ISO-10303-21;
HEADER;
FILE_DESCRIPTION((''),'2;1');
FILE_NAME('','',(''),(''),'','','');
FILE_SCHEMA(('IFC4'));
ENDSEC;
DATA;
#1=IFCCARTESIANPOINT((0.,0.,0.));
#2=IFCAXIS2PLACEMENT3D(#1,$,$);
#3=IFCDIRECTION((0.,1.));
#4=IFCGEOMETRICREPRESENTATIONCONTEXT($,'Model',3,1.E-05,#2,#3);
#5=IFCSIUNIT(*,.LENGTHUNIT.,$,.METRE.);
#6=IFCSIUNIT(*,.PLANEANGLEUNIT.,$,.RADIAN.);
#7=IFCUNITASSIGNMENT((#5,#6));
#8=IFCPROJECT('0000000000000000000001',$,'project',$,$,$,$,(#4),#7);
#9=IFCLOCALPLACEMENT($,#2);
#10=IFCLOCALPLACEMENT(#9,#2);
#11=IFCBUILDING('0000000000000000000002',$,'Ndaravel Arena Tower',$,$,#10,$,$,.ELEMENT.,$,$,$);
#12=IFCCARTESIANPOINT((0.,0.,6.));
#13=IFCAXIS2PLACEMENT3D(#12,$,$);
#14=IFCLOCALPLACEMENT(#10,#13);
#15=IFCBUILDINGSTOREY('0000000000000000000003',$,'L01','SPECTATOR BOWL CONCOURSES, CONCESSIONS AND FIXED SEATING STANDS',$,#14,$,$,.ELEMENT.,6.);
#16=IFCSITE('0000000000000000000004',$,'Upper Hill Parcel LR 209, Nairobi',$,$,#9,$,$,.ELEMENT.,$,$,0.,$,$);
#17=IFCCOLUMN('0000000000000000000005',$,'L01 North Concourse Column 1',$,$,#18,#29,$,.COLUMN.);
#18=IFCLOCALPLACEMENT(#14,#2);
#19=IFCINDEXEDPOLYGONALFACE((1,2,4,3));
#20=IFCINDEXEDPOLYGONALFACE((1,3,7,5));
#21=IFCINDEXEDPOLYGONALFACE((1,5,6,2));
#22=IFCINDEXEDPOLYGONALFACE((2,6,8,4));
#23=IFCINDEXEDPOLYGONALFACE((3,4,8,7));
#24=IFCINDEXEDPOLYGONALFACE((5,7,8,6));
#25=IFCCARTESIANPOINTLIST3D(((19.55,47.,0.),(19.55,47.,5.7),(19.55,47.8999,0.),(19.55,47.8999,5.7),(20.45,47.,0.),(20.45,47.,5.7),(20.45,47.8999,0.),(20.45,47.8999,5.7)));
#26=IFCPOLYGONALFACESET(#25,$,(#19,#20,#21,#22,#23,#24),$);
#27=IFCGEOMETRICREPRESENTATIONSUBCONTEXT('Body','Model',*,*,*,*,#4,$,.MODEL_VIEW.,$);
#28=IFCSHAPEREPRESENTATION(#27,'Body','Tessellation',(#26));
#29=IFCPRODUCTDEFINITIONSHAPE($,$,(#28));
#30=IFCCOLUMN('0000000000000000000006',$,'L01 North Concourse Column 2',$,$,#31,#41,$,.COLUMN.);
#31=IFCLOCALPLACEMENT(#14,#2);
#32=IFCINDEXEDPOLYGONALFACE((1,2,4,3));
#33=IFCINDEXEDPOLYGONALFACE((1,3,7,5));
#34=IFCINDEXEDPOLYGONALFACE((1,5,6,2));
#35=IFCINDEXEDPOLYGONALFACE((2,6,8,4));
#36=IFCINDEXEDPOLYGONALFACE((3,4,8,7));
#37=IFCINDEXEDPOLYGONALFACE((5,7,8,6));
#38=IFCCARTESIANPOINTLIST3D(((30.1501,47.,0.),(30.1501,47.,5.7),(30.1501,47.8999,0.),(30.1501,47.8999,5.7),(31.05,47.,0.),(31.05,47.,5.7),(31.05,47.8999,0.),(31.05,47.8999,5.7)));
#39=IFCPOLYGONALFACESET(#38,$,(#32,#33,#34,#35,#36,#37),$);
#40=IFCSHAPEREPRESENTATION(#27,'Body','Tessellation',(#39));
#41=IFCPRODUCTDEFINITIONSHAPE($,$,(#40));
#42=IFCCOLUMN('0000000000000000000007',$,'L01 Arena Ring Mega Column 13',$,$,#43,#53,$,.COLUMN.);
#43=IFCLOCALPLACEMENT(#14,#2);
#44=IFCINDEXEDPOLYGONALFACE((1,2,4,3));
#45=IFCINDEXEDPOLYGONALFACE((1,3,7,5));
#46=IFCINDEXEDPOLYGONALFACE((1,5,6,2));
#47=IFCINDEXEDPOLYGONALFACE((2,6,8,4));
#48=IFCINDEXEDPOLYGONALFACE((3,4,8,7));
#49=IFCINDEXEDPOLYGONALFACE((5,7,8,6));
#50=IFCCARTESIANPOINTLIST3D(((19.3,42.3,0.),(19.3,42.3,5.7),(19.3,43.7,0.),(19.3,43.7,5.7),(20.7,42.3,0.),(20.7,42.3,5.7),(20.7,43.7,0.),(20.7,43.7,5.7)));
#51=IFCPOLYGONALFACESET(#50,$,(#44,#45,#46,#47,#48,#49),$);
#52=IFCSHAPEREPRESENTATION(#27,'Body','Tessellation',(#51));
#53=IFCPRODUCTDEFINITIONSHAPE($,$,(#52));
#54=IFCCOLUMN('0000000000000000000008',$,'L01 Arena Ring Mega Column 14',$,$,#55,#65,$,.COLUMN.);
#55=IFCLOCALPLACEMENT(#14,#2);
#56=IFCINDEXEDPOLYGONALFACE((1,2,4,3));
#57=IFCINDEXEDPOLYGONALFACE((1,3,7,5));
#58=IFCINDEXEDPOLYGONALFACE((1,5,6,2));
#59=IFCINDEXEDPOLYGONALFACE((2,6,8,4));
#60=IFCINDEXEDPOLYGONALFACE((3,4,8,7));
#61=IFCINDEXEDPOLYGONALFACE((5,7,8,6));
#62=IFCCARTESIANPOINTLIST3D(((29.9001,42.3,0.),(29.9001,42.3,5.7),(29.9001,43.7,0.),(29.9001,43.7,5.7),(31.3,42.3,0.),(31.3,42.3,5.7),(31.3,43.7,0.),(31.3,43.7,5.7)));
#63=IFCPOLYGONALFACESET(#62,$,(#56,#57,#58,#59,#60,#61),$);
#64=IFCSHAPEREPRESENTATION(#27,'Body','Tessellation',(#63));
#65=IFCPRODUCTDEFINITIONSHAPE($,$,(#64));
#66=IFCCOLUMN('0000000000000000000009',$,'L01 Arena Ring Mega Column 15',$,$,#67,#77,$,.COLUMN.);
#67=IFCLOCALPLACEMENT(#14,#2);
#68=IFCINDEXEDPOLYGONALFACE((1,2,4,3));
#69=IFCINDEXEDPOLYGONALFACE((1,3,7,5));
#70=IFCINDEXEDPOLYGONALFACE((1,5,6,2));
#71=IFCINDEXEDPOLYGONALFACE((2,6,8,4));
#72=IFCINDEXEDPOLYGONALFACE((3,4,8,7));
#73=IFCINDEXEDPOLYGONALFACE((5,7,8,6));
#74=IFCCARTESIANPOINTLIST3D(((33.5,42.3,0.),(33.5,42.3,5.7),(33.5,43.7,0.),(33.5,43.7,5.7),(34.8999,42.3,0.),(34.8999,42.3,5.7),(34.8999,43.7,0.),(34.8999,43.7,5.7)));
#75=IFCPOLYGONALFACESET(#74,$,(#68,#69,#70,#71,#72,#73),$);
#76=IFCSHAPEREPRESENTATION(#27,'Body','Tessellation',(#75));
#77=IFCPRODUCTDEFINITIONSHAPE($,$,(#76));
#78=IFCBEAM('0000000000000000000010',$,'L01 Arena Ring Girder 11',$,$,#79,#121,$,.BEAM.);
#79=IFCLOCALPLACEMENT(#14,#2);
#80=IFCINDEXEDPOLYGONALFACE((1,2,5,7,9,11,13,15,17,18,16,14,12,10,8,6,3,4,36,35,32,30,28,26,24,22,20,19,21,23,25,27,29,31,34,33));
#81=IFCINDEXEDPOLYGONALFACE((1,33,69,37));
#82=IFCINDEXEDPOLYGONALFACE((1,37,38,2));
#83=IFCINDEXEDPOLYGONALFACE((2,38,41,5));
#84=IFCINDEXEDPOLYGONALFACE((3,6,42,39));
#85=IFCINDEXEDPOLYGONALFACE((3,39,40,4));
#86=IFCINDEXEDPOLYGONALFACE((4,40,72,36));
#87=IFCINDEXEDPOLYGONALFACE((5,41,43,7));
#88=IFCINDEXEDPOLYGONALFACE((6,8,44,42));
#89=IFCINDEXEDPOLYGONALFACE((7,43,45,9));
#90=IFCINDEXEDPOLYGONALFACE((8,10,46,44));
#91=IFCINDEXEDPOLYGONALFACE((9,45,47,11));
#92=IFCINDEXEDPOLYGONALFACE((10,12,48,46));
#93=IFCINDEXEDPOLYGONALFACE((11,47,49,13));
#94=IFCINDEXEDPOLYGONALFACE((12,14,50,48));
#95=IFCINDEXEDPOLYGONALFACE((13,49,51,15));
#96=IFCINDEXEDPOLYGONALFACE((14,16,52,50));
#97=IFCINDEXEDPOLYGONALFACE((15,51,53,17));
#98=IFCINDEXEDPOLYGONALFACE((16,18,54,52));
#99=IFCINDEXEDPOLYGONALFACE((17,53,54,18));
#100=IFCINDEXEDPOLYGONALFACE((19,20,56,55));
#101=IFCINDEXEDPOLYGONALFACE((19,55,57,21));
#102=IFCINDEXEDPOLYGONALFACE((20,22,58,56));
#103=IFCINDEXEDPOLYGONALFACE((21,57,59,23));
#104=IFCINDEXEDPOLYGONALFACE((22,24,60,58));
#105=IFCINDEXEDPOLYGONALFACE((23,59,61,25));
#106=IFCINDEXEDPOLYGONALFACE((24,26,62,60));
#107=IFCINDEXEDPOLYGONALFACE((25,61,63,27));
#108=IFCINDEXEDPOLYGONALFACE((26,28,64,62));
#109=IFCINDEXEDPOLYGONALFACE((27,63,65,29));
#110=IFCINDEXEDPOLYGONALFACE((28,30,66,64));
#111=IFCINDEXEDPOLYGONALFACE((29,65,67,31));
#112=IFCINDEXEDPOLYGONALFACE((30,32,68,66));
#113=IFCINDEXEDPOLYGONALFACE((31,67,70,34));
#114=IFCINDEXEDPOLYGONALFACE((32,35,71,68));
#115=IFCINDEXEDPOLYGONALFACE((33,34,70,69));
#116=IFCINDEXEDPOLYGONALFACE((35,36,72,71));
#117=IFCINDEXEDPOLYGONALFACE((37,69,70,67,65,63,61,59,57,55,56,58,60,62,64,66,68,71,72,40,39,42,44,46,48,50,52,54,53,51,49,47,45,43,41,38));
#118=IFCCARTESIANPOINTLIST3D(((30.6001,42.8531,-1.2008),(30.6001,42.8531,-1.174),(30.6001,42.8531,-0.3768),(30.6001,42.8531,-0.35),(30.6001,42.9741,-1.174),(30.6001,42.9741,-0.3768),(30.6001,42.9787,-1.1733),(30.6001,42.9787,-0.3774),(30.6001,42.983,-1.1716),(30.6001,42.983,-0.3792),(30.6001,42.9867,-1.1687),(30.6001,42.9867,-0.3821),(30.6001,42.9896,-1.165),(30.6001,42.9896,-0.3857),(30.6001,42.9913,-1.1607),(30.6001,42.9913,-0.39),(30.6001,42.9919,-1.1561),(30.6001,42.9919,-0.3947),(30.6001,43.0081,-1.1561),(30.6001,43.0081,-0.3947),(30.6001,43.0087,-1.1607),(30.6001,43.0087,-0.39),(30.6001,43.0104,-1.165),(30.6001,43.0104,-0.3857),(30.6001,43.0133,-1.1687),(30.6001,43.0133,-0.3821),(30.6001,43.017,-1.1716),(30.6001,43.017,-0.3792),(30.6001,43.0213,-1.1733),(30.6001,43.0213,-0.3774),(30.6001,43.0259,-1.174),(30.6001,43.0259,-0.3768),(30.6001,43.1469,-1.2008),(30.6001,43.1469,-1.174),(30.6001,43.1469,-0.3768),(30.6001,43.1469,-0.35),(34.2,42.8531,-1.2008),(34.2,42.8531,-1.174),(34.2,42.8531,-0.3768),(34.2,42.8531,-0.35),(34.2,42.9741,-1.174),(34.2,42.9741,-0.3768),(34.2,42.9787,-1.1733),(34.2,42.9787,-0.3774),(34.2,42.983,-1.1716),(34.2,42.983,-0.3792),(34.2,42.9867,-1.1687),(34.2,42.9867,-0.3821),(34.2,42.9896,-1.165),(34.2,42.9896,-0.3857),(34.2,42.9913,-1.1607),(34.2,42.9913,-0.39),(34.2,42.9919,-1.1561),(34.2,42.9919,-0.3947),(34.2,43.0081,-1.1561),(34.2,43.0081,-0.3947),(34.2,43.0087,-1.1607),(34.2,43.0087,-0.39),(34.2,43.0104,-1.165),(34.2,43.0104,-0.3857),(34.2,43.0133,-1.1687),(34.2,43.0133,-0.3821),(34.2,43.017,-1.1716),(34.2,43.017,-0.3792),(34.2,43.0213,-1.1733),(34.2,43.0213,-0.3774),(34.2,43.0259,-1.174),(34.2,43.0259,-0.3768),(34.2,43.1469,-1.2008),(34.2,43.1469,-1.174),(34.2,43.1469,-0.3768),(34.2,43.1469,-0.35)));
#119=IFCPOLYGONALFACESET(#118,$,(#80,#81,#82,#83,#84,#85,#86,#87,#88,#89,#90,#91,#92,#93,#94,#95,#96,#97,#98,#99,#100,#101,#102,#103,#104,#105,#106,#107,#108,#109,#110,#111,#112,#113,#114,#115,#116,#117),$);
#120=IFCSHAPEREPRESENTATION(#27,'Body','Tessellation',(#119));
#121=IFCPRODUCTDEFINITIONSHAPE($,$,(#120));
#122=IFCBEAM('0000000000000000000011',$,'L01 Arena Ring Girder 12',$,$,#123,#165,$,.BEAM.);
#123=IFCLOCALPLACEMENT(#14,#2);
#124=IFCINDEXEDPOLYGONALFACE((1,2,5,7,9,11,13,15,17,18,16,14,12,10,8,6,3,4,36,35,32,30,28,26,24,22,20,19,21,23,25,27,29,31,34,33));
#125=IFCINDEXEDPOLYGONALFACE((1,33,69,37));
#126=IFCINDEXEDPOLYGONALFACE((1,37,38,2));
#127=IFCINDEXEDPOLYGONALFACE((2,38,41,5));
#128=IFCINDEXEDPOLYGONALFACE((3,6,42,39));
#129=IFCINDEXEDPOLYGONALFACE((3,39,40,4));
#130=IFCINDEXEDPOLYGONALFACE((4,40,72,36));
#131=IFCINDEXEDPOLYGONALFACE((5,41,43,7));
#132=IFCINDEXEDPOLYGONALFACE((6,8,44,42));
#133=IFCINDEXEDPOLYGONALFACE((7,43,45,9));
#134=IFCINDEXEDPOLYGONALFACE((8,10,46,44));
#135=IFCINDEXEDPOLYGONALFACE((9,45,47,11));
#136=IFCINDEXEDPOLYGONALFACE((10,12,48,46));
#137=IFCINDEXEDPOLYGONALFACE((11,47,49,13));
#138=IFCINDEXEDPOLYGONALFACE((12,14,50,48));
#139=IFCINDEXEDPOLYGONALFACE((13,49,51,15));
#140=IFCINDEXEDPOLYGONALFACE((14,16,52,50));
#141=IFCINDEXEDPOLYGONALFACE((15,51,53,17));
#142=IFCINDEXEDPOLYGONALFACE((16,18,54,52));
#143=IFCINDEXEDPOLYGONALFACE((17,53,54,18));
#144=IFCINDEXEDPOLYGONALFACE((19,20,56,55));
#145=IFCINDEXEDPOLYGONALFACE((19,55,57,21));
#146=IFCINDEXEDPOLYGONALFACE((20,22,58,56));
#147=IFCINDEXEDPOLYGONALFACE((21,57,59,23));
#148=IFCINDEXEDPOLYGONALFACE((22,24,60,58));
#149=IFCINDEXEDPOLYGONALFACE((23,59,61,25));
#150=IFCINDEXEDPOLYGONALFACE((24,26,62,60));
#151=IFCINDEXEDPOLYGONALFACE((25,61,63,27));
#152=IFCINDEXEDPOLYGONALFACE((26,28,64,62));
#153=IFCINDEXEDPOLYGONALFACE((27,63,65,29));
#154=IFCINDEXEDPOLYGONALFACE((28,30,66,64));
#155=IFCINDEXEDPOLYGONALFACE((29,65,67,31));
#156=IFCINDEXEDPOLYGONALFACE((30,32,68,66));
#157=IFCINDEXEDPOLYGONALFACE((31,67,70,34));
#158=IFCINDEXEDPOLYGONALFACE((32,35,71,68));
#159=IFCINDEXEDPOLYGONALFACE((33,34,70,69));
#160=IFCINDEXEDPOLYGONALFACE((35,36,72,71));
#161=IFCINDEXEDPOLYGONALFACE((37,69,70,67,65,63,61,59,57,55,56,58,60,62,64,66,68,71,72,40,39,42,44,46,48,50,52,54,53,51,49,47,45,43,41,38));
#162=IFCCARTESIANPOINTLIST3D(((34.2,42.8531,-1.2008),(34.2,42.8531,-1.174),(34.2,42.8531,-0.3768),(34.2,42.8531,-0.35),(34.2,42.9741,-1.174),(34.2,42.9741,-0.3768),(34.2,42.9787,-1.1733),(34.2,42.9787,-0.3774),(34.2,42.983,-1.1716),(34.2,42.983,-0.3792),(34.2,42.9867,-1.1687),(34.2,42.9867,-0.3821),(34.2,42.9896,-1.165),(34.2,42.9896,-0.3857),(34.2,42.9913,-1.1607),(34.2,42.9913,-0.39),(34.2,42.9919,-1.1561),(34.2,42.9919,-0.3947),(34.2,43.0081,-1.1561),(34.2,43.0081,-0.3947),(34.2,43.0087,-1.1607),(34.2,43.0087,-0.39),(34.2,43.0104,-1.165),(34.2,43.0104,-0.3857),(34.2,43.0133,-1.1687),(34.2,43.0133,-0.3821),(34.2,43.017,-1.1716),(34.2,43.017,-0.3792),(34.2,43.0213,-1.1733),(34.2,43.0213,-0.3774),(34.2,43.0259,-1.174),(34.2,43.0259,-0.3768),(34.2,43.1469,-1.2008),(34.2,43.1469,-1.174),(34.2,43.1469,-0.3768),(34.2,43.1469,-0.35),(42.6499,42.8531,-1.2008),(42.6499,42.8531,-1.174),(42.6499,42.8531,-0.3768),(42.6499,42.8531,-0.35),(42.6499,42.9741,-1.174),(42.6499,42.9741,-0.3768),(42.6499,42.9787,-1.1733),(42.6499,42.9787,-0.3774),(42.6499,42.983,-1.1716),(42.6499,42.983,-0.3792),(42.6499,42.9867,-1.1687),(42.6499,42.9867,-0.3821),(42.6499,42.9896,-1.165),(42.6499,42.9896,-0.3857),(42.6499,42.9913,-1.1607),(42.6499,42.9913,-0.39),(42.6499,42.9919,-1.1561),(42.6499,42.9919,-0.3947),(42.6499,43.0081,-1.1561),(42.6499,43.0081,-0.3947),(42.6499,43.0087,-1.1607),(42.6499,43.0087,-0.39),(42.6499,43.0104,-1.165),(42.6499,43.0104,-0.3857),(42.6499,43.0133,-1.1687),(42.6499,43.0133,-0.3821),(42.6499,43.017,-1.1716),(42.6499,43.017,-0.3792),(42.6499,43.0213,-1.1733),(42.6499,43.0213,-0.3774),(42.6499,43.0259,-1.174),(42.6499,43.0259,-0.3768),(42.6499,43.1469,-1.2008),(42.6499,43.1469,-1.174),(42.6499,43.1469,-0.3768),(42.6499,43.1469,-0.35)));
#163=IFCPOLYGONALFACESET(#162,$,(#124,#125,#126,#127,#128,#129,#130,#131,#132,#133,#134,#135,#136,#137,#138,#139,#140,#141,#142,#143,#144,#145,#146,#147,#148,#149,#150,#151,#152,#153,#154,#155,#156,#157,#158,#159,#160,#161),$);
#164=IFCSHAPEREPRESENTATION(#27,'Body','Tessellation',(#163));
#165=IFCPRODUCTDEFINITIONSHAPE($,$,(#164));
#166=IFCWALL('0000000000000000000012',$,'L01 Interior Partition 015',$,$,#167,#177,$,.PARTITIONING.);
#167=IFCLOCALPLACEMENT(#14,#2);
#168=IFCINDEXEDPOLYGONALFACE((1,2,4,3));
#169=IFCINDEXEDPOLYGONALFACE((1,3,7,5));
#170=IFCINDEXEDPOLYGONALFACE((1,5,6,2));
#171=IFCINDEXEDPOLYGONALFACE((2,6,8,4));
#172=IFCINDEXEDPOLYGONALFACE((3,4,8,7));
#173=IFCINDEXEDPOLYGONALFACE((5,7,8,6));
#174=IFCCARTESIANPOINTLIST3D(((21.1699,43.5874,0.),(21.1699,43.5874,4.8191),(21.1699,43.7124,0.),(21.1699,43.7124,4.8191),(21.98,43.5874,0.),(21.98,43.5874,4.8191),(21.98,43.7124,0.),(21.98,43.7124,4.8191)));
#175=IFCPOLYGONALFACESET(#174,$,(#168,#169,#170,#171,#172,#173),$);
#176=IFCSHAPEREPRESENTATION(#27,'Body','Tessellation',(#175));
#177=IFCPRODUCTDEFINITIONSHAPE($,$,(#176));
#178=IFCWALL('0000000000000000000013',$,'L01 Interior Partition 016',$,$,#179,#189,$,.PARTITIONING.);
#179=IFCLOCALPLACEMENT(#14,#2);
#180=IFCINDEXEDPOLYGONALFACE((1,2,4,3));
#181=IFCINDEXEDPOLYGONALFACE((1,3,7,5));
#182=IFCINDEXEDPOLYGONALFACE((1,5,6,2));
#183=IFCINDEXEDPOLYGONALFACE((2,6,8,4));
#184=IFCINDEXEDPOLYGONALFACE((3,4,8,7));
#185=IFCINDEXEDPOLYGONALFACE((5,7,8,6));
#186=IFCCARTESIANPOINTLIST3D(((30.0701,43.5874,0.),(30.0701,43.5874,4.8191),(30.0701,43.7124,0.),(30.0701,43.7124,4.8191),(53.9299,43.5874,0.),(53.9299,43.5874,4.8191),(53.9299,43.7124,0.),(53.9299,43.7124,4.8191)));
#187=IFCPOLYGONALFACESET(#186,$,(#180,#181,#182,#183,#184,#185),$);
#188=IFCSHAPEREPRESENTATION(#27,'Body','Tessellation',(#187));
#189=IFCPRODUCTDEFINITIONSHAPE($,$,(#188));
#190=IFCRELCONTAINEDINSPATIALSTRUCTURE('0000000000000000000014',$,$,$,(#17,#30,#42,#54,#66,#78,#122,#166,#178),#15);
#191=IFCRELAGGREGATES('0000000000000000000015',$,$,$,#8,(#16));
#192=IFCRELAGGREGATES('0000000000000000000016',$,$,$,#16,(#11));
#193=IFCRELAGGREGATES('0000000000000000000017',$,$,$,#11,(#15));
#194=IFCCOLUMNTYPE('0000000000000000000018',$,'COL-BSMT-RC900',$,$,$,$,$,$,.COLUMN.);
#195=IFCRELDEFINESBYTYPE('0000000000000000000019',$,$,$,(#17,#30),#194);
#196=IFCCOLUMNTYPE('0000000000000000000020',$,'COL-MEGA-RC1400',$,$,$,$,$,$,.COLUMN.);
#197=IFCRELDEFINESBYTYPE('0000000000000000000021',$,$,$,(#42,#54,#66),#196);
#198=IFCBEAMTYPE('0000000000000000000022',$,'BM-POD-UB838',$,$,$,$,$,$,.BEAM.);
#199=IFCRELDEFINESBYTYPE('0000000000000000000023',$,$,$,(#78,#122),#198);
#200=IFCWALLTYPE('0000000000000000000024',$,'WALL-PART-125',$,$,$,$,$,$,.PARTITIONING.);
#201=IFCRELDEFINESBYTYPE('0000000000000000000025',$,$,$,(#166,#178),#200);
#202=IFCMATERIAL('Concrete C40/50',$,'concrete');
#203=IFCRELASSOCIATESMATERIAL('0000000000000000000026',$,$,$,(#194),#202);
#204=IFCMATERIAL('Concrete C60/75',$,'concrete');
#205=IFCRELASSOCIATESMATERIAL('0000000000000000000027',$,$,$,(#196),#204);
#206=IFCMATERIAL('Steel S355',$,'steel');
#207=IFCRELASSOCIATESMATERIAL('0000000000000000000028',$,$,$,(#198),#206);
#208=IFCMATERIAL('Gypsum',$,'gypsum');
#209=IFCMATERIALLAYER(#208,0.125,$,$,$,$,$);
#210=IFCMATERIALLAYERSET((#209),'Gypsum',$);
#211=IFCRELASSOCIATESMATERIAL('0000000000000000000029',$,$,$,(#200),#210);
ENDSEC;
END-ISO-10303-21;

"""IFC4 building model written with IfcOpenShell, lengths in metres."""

from ifc_helpers import new_model, si_unit, direction, frame, frame_2d, origin, origin_2d, place, context, subcontext, project, spatial, rectangle, i_section, extrude, material, layer, layer_set, material_profile, profile_set, type_object, element, save


model = new_model("IFC4")

# Units and contexts
model_context = context("Model", 3, precision=1e-05, world=origin(), true_north=direction((0.0, 1.0)))
body_context = subcontext(model_context, "Body", "Model", "MODEL_VIEW")
ifc_project = project(units=[si_unit("LENGTHUNIT", "METRE"), si_unit("PLANEANGLEUNIT", "RADIAN")], contexts=[model_context])

# Site, building, storey
site_placement = place(None, origin())
site = spatial("IfcSite", under=ifc_project, at=site_placement, Name="Upper Hill Parcel LR 209, Nairobi", CompositionType="ELEMENT", RefElevation=0.0)
building_placement = place(site_placement, origin())
building = spatial("IfcBuilding", under=site, at=building_placement, Name="Ndaravel Arena Tower", CompositionType="ELEMENT")
storey_placement = place(building_placement, frame((0.0, 0.0, 6.0)))
storey = spatial("IfcBuildingStorey", under=building, at=storey_placement, Name="L01", Description="SPECTATOR BOWL CONCOURSES, CONCESSIONS AND FIXED SEATING STANDS", CompositionType="ELEMENT", Elevation=6.0)

# Columns
ifc_material_1 = material(Name="Concrete C40/50", Category="concrete")
ifc_material_profile_1 = material_profile(ifc_material_1, rectangle(XDim=0.8999, YDim=0.8999, at=origin_2d()), Name="RC 900x900")
ifc_profile_set_1 = profile_set([ifc_material_profile_1], Name="Concrete C40/50")
column_type_1 = type_object("IfcColumnType", Name="COL-BSMT-RC900", PredefinedType="COLUMN", material=ifc_profile_set_1)
for number, where, z_axis, x_axis, name in (
    (1, (20.0, 47.45, 0.0), (0.0, 0.0, 1.0), (1.0, 0.0, 0.0), "L01 North Concourse Column 1"),
    (2, (30.6001, 47.45, 0.0), (0.0, 0.0, 1.0), (1.0, 0.0, 0.0), "L01 North Concourse Column 2"),
):
    element("IfcColumn", number, at=place(storey_placement, frame(where, z_axis=z_axis, x_axis=x_axis)), inside=storey, type_object=column_type_1, Name=name, PredefinedType="COLUMN", context=body_context, shape_type="SweptSolid", body=[
        extrude(rectangle(XDim=0.8999, YDim=0.8999, at=origin_2d()), origin(), (0.0, 0.0, 1.0), 5.7),
    ])
ifc_material_2 = material(Name="Concrete C60/75", Category="concrete")
ifc_material_profile_2 = material_profile(ifc_material_2, rectangle(XDim=1.3999, YDim=1.3999, at=origin_2d()), Name="RC 1400x1400")
ifc_profile_set_2 = profile_set([ifc_material_profile_2], Name="Concrete C60/75")
column_type_2 = type_object("IfcColumnType", Name="COL-MEGA-RC1400", PredefinedType="COLUMN", material=ifc_profile_set_2)
for number, where, z_axis, x_axis, name in (
    (3, (20.0, 43.0, 0.0), (0.0, 0.0, 1.0), (1.0, 0.0, 0.0), "L01 Arena Ring Mega Column 13"),
    (4, (30.6001, 43.0, 0.0), (0.0, 0.0, 1.0), (1.0, 0.0, 0.0), "L01 Arena Ring Mega Column 14"),
    (5, (34.2, 43.0, 0.0), (0.0, 0.0, 1.0), (1.0, 0.0, 0.0), "L01 Arena Ring Mega Column 15"),
):
    element("IfcColumn", number, at=place(storey_placement, frame(where, z_axis=z_axis, x_axis=x_axis)), inside=storey, type_object=column_type_2, Name=name, PredefinedType="COLUMN", context=body_context, shape_type="SweptSolid", body=[
        extrude(rectangle(XDim=1.3999, YDim=1.3999, at=origin_2d()), origin(), (0.0, 0.0, 1.0), 5.7),
    ])

# Beams
ifc_material_3 = material(Name="Steel S355", Category="steel")
ifc_material_profile_3 = material_profile(ifc_material_3, i_section(OverallWidth=0.2937, OverallDepth=0.8508, WebThickness=0.0161, FlangeThickness=0.0269, FilletRadius=0.0178, at=origin_2d()), Name="UB 838x292x226")
ifc_profile_set_3 = profile_set([ifc_material_profile_3], Name="Steel S355")
beam_type = type_object("IfcBeamType", Name="BM-POD-UB838", PredefinedType="BEAM", material=ifc_profile_set_3)
beam_1_placement = place(storey_placement, frame((30.6001, 43.0, -0.7754), z_axis=(1.0, 0.0, 0.0), x_axis=(0.0, 1.0, 0.0)))
element("IfcBeam", 6, at=beam_1_placement, inside=storey, type_object=beam_type, Name="L01 Arena Ring Girder 11", PredefinedType="BEAM", context=body_context, shape_type="SweptSolid", body=[
    extrude(i_section(OverallWidth=0.2937, OverallDepth=0.8508, WebThickness=0.0161, FlangeThickness=0.0269, FilletRadius=0.0178, at=origin_2d()), origin(), (0.0, 0.0, 1.0), 3.5999),
])
beam_2_placement = place(storey_placement, frame((34.2, 43.0, -0.7754), z_axis=(1.0, 0.0, 0.0), x_axis=(0.0, 1.0, 0.0)))
element("IfcBeam", 7, at=beam_2_placement, inside=storey, type_object=beam_type, Name="L01 Arena Ring Girder 12", PredefinedType="BEAM", context=body_context, shape_type="SweptSolid", body=[
    extrude(i_section(OverallWidth=0.2937, OverallDepth=0.8508, WebThickness=0.0161, FlangeThickness=0.0269, FilletRadius=0.0178, at=origin_2d()), origin(), (0.0, 0.0, 1.0), 8.45),
])

# Walls
ifc_material_4 = material(Name="Gypsum", Category="gypsum")
ifc_layer_1 = layer(ifc_material_4, 0.125)
ifc_layer_set_1 = layer_set([ifc_layer_1], Name="Gypsum")
wall_type_1 = type_object("IfcWallType", Name="WALL-PART-125", PredefinedType="PARTITIONING", material=ifc_layer_set_1)
wall_1_placement = place(storey_placement, frame((21.1699, 43.6499, 0.0), z_axis=(0.0, 0.0, 1.0), x_axis=(1.0, 0.0, 0.0)))
element("IfcWall", 8, at=wall_1_placement, inside=storey, type_object=wall_type_1, Name="L01 Interior Partition 015", PredefinedType="PARTITIONING", context=body_context, shape_type="SweptSolid", body=[
    extrude(rectangle(XDim=0.8101, YDim=0.125, at=frame_2d((0.405, 0.0))), origin(), (0.0, 0.0, 1.0), 4.8191),
])
wall_2_placement = place(storey_placement, frame((30.0701, 43.6499, 0.0), z_axis=(0.0, 0.0, 1.0), x_axis=(1.0, 0.0, 0.0)))
element("IfcWall", 9, at=wall_2_placement, inside=storey, type_object=wall_type_1, Name="L01 Interior Partition 016", PredefinedType="PARTITIONING", context=body_context, shape_type="SweptSolid", body=[
    extrude(rectangle(XDim=23.8599, YDim=0.125, at=frame_2d((11.9299, 0.0))), origin(), (0.0, 0.0, 1.0), 4.8191),
])

save(model, "model.ifc")
